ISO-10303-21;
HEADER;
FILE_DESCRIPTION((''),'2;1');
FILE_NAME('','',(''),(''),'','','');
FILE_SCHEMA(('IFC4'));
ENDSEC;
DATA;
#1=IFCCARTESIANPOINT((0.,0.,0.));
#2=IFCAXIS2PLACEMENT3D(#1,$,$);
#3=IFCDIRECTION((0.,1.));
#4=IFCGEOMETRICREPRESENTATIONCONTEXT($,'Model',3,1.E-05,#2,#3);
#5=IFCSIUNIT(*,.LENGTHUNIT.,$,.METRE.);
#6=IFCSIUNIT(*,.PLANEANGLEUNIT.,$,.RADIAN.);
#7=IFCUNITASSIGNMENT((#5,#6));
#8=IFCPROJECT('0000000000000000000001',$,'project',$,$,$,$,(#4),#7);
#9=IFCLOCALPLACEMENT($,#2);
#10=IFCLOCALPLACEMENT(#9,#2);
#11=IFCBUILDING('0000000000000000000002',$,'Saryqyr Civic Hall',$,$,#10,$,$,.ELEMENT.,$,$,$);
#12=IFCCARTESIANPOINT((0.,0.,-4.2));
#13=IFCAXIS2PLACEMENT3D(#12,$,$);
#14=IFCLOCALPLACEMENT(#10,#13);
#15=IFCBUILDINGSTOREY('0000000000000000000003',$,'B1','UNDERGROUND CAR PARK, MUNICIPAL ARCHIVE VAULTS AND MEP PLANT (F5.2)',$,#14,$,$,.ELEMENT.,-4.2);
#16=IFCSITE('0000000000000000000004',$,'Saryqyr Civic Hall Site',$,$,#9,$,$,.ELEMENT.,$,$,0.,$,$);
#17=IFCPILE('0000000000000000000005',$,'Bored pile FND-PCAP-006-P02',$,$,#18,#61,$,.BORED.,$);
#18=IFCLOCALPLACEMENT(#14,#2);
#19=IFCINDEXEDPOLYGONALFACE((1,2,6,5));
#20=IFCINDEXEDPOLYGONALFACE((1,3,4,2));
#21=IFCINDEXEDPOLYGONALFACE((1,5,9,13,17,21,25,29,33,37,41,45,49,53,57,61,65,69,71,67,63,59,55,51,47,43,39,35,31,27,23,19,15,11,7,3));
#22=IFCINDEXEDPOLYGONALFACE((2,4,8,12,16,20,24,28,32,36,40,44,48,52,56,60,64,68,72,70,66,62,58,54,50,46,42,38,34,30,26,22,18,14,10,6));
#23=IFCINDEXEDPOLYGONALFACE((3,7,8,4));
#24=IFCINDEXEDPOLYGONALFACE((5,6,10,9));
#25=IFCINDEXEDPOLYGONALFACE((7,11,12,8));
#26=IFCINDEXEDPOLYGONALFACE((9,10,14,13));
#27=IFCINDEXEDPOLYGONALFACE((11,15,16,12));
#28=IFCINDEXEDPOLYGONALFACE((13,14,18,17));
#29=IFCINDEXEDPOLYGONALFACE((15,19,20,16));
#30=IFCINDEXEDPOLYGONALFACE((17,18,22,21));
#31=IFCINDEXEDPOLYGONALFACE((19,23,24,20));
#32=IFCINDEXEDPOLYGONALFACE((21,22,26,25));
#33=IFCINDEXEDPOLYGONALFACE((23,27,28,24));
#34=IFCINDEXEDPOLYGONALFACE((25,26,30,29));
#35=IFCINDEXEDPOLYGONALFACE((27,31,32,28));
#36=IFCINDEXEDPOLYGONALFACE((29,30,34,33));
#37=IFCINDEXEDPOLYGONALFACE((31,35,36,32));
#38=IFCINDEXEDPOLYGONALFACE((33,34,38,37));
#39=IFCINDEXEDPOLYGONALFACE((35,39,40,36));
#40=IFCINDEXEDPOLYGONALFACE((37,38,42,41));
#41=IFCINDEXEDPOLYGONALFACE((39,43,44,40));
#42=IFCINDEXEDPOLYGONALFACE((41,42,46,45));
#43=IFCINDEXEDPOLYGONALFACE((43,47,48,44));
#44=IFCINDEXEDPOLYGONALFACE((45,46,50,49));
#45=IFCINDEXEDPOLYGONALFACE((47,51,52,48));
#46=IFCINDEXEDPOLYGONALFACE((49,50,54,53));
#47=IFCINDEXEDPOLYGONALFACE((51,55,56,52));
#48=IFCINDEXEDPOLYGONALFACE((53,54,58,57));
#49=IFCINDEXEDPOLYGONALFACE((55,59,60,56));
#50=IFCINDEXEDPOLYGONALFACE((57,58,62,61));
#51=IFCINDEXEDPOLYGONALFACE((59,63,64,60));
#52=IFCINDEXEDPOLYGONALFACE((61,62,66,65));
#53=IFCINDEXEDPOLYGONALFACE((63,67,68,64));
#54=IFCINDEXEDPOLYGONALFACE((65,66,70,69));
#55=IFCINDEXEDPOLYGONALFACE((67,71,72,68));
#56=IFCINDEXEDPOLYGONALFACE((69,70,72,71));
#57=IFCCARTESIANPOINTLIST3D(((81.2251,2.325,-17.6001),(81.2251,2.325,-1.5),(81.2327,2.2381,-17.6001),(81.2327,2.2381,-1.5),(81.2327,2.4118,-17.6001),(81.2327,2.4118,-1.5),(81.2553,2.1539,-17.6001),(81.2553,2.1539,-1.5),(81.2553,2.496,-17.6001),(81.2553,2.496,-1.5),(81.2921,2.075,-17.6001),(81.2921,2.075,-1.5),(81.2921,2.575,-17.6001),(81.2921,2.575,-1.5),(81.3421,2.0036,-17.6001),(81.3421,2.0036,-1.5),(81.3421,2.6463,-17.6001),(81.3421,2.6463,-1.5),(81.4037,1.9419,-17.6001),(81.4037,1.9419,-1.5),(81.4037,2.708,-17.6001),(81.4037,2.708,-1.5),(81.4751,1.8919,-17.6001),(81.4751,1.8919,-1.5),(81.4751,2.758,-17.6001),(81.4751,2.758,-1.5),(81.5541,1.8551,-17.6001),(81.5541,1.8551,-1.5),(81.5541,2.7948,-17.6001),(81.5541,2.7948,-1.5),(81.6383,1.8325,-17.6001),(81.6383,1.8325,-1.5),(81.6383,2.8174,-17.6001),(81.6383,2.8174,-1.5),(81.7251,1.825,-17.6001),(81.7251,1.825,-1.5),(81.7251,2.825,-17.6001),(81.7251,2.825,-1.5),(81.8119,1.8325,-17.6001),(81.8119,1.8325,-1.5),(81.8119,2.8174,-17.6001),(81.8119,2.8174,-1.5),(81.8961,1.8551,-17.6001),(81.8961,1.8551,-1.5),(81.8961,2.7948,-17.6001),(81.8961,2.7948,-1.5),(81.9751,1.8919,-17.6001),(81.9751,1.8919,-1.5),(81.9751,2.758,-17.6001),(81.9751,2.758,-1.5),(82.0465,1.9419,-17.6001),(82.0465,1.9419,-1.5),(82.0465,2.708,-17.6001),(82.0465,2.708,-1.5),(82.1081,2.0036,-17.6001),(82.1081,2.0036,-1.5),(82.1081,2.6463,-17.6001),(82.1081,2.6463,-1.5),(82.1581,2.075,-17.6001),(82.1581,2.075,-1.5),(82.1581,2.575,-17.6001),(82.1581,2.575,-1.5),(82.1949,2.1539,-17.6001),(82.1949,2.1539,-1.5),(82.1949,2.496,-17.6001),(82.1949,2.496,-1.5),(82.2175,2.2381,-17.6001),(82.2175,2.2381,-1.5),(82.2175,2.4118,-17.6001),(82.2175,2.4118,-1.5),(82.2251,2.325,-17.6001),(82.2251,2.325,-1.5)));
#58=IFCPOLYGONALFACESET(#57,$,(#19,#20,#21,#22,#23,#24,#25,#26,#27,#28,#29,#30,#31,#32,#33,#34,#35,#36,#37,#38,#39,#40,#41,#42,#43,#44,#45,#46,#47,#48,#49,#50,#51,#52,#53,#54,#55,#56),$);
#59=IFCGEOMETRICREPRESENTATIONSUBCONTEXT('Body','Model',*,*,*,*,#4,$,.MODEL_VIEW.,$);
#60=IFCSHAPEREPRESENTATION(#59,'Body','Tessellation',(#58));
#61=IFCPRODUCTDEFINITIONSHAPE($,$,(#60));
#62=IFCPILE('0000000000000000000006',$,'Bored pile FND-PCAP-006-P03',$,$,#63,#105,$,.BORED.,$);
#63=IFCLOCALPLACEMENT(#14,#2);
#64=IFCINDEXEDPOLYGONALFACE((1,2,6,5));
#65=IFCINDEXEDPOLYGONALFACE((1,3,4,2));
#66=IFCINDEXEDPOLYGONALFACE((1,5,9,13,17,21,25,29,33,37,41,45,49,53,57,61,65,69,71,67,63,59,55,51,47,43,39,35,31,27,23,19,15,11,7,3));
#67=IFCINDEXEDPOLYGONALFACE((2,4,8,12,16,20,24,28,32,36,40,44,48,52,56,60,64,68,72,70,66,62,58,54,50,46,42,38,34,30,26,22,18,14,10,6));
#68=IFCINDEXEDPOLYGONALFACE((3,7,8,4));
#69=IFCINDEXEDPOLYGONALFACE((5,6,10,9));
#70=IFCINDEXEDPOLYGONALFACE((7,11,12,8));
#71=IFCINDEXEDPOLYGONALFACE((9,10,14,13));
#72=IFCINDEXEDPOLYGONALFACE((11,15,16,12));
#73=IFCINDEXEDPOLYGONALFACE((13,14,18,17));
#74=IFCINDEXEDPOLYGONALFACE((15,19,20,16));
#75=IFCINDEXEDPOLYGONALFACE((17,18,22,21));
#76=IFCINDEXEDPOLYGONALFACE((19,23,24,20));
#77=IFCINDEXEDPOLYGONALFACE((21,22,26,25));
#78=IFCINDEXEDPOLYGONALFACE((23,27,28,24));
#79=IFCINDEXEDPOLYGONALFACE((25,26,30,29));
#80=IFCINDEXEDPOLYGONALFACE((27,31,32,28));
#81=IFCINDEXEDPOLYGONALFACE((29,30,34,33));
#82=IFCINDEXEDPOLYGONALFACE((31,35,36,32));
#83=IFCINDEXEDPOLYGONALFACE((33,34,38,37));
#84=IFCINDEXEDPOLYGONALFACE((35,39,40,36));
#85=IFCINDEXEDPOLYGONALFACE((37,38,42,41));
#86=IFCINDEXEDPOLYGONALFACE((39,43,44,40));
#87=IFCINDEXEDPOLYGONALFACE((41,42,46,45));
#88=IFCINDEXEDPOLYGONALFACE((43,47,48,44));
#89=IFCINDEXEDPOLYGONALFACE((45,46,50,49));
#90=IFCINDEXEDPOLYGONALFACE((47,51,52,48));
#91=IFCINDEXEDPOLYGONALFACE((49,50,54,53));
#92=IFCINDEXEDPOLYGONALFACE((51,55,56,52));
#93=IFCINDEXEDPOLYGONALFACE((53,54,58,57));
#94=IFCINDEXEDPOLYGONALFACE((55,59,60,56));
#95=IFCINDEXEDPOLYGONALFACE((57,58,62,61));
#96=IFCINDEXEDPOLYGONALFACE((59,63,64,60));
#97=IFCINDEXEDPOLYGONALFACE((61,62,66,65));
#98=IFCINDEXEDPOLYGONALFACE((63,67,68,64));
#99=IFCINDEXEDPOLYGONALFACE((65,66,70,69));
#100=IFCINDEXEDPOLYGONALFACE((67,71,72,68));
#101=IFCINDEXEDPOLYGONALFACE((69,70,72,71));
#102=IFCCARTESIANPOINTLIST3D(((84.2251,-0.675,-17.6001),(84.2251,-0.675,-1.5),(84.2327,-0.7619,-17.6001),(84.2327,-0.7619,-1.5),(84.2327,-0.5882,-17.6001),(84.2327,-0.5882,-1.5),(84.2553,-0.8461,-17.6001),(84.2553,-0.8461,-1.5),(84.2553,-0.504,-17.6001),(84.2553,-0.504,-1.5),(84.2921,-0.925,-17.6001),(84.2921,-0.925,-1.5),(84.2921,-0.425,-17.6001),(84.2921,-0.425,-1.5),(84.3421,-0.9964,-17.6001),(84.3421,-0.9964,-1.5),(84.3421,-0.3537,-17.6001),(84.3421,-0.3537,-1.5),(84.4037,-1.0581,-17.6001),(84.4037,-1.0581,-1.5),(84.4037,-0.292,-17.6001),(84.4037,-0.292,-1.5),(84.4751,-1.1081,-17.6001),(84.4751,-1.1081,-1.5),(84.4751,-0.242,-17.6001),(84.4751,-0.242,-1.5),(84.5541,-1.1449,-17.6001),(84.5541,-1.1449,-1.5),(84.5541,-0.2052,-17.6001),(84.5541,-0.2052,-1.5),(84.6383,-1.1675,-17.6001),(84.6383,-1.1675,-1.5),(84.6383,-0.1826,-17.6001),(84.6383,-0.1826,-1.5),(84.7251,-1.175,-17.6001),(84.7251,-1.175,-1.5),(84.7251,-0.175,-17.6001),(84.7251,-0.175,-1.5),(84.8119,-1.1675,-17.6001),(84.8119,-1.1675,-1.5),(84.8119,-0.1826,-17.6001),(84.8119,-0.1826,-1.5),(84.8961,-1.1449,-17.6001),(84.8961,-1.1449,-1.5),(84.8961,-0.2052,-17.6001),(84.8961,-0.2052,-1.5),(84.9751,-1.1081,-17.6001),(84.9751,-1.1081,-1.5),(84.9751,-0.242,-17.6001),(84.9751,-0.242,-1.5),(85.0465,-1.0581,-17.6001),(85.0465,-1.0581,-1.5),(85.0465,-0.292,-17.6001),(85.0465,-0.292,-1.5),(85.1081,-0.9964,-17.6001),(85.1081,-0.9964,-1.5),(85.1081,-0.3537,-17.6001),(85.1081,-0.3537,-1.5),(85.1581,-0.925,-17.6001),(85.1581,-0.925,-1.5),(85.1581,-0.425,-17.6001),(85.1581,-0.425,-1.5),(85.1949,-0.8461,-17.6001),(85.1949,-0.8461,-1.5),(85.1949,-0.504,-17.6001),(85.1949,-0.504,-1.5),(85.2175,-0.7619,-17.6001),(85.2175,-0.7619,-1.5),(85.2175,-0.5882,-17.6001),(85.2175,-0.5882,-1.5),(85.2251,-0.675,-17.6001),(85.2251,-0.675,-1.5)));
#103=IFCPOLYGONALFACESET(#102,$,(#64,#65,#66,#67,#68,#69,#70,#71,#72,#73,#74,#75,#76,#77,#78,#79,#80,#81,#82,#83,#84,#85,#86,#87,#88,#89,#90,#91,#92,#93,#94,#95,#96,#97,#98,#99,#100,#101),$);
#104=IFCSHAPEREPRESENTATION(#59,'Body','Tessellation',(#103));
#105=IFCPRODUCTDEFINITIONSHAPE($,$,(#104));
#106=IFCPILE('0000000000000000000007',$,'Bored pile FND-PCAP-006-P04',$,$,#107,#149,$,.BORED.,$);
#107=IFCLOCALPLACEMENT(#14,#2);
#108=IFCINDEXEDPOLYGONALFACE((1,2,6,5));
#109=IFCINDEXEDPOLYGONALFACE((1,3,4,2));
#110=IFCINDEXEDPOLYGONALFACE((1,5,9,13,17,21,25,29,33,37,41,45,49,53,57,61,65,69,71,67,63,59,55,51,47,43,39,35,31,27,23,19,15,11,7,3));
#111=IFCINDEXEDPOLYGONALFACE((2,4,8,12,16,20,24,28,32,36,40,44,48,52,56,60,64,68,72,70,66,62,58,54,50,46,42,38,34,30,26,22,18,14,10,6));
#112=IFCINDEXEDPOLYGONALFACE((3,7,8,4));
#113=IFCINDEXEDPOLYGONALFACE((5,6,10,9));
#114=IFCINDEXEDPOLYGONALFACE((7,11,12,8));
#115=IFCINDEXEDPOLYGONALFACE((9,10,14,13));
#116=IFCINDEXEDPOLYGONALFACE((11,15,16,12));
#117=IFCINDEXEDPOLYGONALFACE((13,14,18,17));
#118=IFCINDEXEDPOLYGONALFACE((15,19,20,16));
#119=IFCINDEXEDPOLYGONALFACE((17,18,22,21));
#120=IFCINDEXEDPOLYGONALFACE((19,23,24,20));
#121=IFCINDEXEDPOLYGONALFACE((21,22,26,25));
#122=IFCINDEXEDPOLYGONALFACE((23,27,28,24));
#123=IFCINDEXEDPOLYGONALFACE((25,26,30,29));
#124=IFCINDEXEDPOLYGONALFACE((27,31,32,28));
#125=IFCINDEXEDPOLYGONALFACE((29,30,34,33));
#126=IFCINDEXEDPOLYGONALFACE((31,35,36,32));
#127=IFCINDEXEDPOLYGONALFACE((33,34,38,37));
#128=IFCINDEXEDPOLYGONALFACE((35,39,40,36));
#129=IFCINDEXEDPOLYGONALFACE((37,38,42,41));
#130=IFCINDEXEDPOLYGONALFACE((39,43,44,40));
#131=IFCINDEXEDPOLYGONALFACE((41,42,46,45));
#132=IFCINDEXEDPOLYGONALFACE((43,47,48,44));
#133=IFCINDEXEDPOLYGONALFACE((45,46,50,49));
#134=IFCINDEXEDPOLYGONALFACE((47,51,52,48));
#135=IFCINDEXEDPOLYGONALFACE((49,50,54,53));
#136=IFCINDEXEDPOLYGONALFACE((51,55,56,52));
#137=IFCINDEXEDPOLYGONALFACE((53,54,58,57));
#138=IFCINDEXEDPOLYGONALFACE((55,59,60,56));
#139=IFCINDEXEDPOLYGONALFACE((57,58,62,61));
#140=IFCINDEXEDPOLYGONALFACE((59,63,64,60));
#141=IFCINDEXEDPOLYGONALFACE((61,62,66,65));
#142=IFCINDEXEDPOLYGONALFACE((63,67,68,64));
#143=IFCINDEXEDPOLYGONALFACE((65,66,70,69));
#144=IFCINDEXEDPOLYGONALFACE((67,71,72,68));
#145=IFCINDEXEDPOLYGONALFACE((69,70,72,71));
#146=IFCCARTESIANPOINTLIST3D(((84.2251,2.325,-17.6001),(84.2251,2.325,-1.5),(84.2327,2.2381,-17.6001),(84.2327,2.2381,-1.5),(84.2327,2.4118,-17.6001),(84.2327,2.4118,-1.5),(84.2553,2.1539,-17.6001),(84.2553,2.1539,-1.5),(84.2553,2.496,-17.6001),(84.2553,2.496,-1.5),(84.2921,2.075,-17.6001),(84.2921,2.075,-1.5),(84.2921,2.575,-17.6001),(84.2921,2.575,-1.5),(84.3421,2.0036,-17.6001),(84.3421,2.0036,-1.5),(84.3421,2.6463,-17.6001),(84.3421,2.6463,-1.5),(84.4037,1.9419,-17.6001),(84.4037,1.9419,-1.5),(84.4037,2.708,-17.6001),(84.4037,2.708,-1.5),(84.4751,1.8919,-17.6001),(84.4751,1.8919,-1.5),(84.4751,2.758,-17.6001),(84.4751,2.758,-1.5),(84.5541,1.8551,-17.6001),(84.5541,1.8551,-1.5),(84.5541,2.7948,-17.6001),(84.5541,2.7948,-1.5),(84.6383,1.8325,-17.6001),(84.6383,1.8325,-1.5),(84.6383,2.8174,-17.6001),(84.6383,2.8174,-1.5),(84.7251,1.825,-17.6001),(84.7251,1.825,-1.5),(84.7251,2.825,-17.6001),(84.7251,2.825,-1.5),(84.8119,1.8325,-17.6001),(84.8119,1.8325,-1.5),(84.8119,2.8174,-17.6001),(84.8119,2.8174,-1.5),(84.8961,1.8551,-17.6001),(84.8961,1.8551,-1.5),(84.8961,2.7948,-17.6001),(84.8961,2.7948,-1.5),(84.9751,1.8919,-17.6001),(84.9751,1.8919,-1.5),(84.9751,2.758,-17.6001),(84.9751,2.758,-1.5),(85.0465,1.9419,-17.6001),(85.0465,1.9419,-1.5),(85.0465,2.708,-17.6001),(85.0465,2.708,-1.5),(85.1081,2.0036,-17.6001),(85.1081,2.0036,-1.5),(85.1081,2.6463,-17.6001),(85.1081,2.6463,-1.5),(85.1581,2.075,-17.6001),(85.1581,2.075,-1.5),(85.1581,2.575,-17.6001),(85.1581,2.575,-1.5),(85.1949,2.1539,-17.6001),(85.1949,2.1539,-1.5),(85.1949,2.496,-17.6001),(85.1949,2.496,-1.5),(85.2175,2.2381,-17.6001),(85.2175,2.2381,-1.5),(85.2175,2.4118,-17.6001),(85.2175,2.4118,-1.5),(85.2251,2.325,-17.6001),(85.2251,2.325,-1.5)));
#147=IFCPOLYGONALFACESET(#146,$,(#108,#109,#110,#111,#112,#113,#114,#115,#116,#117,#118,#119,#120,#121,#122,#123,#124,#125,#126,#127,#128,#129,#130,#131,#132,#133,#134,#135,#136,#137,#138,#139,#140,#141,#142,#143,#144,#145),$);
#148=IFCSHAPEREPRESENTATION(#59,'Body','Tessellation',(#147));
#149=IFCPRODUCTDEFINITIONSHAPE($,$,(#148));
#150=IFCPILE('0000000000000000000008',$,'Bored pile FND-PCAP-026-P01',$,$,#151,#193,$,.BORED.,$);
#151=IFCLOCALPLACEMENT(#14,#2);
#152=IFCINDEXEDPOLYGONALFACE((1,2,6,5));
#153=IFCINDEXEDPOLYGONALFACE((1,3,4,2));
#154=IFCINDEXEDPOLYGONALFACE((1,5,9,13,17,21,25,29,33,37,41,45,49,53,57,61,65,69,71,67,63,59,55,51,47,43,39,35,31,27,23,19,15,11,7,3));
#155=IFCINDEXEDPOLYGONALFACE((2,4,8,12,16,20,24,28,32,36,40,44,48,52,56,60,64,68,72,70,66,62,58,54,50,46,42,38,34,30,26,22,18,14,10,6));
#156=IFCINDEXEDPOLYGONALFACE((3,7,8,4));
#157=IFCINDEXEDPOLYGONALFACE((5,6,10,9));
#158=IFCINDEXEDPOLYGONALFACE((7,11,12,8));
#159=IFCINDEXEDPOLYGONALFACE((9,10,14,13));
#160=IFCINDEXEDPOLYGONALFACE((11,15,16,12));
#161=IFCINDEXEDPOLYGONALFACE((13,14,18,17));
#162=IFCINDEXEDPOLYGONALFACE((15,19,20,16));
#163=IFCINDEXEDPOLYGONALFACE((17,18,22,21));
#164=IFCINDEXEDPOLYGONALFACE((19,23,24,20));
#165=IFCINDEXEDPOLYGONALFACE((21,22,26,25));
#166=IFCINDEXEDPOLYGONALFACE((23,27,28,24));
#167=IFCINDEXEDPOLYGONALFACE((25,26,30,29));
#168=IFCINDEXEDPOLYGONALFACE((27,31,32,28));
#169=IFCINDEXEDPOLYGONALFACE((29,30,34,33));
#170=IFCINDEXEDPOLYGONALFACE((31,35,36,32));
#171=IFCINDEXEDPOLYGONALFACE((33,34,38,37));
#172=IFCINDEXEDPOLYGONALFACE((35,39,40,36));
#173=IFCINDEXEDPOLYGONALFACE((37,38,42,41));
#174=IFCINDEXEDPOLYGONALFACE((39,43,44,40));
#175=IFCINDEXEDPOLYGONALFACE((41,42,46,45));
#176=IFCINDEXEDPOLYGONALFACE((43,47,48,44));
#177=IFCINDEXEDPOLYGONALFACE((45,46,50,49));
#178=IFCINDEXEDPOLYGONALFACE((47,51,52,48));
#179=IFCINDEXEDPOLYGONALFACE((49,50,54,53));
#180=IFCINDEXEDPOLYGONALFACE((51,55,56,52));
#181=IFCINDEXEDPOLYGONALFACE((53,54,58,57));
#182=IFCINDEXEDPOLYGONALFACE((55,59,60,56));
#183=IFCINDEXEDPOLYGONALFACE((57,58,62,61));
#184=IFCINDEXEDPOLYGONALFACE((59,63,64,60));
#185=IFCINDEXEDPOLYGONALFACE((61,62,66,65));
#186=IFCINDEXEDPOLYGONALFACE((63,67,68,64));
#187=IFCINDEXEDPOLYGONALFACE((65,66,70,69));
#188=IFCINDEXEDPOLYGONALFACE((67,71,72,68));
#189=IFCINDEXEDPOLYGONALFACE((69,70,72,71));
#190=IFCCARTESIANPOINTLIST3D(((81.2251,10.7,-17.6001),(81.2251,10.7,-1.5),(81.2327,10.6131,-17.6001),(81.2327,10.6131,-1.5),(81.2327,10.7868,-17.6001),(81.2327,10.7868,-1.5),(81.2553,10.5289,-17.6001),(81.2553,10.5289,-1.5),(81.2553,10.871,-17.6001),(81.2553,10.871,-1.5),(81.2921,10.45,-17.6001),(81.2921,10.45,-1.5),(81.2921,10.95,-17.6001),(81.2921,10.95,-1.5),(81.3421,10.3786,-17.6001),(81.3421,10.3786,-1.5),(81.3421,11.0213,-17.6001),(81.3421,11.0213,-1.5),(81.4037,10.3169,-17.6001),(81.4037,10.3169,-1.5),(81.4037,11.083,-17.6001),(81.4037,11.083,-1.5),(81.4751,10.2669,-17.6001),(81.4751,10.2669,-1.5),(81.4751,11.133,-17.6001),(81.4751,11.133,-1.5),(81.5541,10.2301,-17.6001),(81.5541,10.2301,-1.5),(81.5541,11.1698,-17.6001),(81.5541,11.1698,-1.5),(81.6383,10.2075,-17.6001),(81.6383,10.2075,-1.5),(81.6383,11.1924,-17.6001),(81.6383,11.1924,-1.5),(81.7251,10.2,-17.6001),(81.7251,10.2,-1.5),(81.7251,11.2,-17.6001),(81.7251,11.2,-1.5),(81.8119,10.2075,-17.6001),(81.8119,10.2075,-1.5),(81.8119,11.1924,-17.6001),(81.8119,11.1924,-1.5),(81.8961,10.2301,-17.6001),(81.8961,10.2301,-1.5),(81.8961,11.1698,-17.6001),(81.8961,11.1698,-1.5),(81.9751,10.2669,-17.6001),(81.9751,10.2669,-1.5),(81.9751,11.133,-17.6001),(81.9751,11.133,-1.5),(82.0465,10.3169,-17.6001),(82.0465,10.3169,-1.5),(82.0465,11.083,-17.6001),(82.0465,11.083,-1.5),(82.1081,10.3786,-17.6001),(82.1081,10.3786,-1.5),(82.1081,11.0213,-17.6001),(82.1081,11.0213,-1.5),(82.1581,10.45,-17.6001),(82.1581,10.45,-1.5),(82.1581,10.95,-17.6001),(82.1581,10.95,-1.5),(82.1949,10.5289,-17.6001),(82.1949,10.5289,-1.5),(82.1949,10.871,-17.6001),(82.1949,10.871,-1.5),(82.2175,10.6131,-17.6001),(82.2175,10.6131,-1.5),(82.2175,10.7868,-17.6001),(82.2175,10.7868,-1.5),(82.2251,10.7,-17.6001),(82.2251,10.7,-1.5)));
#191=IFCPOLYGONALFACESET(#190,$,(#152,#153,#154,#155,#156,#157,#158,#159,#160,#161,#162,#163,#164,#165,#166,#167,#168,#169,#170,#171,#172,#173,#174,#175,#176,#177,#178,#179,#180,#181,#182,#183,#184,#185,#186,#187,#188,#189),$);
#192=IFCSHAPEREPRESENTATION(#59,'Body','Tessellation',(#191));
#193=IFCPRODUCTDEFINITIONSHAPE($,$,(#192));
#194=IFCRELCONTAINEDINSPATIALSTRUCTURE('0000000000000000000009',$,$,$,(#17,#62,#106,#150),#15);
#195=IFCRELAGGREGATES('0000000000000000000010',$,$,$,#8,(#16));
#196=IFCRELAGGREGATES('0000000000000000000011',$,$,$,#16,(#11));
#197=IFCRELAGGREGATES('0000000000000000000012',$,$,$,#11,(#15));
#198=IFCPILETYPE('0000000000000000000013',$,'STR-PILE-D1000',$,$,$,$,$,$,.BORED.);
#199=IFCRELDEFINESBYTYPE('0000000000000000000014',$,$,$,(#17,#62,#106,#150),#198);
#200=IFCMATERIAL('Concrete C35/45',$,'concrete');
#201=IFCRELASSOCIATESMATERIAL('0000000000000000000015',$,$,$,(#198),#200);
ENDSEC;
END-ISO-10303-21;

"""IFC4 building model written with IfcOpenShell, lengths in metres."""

from ifc_helpers import new_model, si_unit, direction, frame, origin, origin_2d, place, context, subcontext, project, spatial, circle, extrude, material, material_profile, profile_set, type_object, element, save


model = new_model("IFC4")

# Units and contexts
model_context = context("Model", 3, precision=1e-05, world=origin(), true_north=direction((0.0, 1.0)))
body_context = subcontext(model_context, "Body", "Model", "MODEL_VIEW")
ifc_project = project(units=[si_unit("LENGTHUNIT", "METRE"), si_unit("PLANEANGLEUNIT", "RADIAN")], contexts=[model_context])

# Site, building, storey
site_placement = place(None, origin())
site = spatial("IfcSite", under=ifc_project, at=site_placement, Name="Saryqyr Civic Hall Site", CompositionType="ELEMENT", RefElevation=0.0)
building_placement = place(site_placement, origin())
building = spatial("IfcBuilding", under=site, at=building_placement, Name="Saryqyr Civic Hall", CompositionType="ELEMENT")
storey_placement = place(building_placement, frame((0.0, 0.0, -4.2)))
storey = spatial("IfcBuildingStorey", under=building, at=storey_placement, Name="B1", Description="UNDERGROUND CAR PARK, MUNICIPAL ARCHIVE VAULTS AND MEP PLANT (F5.2)", CompositionType="ELEMENT", Elevation=-4.2)

# Shared definitions
ifc_material_1 = material(Name="Concrete C35/45", Category="concrete")

# Piles
ifc_material_profile_1 = material_profile(ifc_material_1, circle(Radius=0.5, at=origin_2d()), Name="BORED PILE D1000")
ifc_profile_set_1 = profile_set([ifc_material_profile_1], Name="Concrete C35/45")
pile_type_1 = type_object("IfcPileType", Name="STR-PILE-D1000", PredefinedType="BORED", material=ifc_profile_set_1)
for number, where, z_axis, x_axis, name in (
    (1, (81.7251, 2.325, -1.5), (0.0, 0.0, -1.0), (1.0, 0.0, 0.0), "Bored pile FND-PCAP-006-P02"),
    (2, (84.7251, -0.675, -1.5), (0.0, 0.0, -1.0), (1.0, 0.0, 0.0), "Bored pile FND-PCAP-006-P03"),
    (3, (84.7251, 2.325, -1.5), (0.0, 0.0, -1.0), (1.0, 0.0, 0.0), "Bored pile FND-PCAP-006-P04"),
    (4, (81.7251, 10.7, -1.5), (0.0, 0.0, -1.0), (1.0, 0.0, 0.0), "Bored pile FND-PCAP-026-P01"),
):
    element("IfcPile", number, at=place(storey_placement, frame(where, z_axis=z_axis, x_axis=x_axis)), inside=storey, type_object=pile_type_1, Name=name, PredefinedType="BORED", context=body_context, shape_type="SweptSolid", body=[
        extrude(circle(Radius=0.5, at=origin_2d()), origin(), (0.0, 0.0, 1.0), 16.1001),
    ])

save(model, "model.ifc")
